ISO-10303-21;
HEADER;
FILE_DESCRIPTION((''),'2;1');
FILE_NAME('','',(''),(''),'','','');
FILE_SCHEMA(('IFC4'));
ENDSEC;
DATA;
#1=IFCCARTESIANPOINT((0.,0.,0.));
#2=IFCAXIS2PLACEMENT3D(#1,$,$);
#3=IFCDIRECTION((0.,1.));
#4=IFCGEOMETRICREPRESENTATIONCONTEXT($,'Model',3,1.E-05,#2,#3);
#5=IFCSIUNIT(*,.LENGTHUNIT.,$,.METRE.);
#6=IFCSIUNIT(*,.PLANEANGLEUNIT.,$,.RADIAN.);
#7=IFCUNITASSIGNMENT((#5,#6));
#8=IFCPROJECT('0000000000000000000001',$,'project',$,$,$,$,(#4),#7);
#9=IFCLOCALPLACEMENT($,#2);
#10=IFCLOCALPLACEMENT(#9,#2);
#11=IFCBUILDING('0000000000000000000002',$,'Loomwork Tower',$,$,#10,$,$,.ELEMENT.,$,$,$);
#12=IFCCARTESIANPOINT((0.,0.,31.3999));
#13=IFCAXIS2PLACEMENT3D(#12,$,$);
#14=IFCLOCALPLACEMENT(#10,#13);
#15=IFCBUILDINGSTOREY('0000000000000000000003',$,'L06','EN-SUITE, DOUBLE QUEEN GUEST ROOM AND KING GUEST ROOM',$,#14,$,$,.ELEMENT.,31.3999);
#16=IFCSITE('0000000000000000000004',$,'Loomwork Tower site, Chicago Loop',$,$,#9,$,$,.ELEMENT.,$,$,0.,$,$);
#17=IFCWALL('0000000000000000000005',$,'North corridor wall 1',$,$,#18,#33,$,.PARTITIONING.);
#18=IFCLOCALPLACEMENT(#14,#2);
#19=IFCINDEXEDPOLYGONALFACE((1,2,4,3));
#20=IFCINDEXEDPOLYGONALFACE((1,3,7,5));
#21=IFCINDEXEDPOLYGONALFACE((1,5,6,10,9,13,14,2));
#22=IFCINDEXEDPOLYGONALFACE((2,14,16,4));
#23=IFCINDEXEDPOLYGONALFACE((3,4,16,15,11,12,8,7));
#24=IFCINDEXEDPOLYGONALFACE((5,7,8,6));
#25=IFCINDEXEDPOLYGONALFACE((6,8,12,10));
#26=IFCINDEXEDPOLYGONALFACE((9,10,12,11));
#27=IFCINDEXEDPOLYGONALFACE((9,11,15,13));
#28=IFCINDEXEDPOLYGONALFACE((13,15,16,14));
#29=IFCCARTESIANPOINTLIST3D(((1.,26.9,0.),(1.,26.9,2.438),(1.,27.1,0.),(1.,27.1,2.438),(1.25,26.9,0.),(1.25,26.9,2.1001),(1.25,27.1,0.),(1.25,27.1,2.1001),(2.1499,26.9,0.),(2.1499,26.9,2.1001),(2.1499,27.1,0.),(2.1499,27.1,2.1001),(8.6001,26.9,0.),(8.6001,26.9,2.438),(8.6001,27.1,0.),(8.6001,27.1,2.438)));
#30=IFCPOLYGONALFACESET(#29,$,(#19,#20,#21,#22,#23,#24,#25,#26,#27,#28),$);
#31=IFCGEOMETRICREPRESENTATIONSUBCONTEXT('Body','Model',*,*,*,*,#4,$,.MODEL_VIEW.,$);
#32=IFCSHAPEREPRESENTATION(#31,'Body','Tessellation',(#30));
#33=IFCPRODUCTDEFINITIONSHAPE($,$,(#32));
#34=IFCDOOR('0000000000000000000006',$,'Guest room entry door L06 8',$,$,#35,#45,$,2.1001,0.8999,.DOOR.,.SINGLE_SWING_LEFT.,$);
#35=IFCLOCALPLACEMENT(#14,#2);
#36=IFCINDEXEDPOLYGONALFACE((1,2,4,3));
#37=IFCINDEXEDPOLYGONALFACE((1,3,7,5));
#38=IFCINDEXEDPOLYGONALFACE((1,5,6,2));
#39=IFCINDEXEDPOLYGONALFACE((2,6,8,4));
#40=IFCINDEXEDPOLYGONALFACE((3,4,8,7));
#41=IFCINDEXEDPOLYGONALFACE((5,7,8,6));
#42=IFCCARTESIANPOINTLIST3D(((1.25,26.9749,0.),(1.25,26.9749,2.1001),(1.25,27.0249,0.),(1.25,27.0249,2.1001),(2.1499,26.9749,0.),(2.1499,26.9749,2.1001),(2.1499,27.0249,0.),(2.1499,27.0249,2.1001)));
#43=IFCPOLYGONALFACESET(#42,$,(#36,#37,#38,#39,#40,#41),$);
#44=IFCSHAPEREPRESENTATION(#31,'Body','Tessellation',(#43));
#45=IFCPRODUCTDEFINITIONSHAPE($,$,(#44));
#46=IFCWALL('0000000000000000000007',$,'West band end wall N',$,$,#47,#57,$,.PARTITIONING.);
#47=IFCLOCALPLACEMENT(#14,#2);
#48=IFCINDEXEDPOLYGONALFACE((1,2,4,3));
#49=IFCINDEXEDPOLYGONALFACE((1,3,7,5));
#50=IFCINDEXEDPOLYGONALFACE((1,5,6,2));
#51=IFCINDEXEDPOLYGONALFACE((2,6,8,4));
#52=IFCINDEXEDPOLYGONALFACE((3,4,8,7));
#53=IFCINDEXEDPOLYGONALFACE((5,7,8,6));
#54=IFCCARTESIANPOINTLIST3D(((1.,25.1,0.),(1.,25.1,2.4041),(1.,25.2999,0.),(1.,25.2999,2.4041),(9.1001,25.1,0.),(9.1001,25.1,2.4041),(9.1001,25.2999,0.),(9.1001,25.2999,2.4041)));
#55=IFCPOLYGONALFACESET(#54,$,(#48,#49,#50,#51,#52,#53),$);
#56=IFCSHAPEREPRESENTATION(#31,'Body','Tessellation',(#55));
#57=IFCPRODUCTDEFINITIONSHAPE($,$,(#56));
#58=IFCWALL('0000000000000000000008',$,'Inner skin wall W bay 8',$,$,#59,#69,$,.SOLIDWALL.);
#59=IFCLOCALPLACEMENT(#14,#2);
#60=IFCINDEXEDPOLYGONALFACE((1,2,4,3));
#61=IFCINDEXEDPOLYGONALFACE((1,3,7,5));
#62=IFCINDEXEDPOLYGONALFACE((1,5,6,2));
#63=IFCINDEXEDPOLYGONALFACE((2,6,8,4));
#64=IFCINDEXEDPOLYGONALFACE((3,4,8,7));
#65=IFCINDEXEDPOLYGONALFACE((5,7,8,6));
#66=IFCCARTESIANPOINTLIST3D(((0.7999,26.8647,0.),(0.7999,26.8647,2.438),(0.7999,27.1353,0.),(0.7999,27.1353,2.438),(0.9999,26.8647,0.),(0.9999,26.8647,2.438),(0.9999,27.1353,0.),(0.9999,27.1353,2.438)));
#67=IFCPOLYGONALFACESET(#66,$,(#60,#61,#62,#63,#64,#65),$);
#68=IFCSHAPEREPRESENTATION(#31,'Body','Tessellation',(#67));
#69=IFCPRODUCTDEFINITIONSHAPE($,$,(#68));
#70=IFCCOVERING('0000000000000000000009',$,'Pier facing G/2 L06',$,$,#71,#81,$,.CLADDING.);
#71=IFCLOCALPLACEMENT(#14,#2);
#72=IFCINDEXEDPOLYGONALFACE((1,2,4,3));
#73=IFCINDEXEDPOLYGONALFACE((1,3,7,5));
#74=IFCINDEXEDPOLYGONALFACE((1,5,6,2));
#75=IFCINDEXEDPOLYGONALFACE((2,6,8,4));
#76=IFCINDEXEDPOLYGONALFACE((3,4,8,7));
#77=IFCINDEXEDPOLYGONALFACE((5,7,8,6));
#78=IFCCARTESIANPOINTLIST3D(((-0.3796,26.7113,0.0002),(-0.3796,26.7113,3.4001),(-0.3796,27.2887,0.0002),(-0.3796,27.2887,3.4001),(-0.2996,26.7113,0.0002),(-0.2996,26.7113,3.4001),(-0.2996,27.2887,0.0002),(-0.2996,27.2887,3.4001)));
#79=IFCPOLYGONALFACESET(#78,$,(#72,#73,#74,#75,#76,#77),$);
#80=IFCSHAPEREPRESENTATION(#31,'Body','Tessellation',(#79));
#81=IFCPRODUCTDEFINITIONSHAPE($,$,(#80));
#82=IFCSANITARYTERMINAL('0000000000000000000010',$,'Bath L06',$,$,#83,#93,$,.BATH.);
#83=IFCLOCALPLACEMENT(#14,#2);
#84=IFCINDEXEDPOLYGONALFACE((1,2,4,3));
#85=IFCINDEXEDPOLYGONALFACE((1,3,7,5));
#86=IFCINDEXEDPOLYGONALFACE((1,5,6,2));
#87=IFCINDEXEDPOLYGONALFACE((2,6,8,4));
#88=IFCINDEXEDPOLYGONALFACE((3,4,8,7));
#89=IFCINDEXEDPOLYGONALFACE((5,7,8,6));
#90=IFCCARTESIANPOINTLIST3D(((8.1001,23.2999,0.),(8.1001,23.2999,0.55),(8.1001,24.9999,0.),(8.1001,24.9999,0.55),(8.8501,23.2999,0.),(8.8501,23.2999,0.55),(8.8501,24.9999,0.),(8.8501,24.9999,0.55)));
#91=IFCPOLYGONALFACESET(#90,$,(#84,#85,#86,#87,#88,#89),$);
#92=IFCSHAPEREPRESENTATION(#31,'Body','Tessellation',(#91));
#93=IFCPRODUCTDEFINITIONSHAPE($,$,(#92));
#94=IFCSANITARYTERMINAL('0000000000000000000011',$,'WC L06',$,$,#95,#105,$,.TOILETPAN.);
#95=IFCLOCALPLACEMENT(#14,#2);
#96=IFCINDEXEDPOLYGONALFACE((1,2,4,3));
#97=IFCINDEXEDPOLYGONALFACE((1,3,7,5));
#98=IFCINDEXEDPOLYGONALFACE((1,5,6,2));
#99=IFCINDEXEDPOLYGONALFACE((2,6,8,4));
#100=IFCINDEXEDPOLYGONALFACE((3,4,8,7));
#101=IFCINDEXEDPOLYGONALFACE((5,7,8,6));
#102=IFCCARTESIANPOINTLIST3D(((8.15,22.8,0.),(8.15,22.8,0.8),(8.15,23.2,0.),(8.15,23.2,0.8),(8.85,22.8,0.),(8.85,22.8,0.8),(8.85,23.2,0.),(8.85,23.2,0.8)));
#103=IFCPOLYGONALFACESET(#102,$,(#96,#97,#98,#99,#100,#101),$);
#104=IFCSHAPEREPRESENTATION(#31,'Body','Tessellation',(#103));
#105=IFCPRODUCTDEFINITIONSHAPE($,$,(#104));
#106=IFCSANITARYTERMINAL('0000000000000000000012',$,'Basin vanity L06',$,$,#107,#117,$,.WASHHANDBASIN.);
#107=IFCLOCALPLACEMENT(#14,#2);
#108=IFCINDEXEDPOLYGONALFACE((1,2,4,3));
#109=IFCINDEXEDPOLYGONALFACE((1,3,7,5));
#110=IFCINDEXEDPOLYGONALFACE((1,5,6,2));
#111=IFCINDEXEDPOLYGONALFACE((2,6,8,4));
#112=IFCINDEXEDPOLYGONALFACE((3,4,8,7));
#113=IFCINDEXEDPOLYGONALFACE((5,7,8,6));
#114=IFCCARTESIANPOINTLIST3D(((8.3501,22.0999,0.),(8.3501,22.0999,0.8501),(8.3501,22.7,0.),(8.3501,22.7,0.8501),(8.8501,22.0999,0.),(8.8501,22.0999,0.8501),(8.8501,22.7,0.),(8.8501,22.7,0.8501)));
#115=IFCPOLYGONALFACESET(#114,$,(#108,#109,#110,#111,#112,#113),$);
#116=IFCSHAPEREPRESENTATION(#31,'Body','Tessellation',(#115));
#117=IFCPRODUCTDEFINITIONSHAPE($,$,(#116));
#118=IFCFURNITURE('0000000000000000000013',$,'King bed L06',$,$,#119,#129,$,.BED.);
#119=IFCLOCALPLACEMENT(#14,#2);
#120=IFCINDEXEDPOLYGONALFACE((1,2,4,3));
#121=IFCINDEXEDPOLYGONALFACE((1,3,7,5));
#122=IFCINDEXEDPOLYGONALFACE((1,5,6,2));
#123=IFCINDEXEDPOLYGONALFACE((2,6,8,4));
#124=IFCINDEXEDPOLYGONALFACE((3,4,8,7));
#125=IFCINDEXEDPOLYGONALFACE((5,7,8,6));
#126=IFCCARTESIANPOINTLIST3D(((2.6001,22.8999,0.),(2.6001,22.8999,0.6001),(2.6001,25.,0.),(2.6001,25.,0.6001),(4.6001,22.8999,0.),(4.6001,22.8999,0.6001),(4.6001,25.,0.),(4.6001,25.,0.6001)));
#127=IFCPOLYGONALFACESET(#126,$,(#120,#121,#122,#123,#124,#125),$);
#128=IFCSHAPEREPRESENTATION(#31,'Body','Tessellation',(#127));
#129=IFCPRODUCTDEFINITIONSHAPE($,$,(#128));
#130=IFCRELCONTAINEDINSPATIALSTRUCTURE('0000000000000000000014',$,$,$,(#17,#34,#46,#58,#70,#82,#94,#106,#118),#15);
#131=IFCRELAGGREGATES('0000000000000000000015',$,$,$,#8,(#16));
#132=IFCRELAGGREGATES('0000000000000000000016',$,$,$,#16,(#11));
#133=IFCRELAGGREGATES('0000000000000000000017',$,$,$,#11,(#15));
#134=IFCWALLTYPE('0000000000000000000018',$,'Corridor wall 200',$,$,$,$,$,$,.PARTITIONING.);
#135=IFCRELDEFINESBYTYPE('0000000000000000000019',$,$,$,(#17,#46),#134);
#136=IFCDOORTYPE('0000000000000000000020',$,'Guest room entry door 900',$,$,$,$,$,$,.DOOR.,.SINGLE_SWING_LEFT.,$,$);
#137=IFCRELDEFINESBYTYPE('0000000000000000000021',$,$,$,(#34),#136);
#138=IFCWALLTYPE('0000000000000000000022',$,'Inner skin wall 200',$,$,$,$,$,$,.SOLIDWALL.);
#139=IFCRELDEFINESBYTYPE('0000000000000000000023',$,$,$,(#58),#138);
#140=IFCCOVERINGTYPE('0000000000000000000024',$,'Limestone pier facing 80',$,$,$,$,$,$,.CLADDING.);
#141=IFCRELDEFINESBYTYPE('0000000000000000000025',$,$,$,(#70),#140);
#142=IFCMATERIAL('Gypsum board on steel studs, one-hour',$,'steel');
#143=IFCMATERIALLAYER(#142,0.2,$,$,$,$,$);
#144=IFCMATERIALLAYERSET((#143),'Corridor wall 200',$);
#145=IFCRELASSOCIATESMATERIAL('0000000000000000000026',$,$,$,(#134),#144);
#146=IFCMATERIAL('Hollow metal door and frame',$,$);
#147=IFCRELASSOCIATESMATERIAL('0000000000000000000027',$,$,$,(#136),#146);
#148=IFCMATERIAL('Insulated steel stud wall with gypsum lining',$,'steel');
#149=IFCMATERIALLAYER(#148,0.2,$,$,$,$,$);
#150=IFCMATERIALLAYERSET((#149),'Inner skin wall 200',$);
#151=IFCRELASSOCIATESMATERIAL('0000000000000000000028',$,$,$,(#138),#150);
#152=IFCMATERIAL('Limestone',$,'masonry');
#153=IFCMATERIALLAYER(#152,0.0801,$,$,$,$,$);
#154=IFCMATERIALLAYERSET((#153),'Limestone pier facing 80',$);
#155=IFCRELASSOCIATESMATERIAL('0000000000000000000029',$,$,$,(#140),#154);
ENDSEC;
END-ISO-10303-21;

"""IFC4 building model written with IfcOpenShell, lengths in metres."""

from ifc_helpers import new_model, si_unit, direction, frame, frame_2d, origin, origin_2d, place, context, subcontext, project, spatial, rectangle, extrude, material, layer, layer_set, type_object, element, fill, save


model = new_model("IFC4")

# Units and contexts
model_context = context("Model", 3, precision=1e-05, world=origin(), true_north=direction((0.0, 1.0)))
body_context = subcontext(model_context, "Body", "Model", "MODEL_VIEW")
ifc_project = project(units=[si_unit("LENGTHUNIT", "METRE"), si_unit("PLANEANGLEUNIT", "RADIAN")], contexts=[model_context])

# Site, building, storey
site_placement = place(None, origin())
site = spatial("IfcSite", under=ifc_project, at=site_placement, Name="Loomwork Tower site, Chicago Loop", CompositionType="ELEMENT", RefElevation=0.0)
building_placement = place(site_placement, origin())
building = spatial("IfcBuilding", under=site, at=building_placement, Name="Loomwork Tower", CompositionType="ELEMENT")
storey_placement = place(building_placement, frame((0.0, 0.0, 31.3999)))
storey = spatial("IfcBuildingStorey", under=building, at=storey_placement, Name="L06", Description="EN-SUITE, DOUBLE QUEEN GUEST ROOM AND KING GUEST ROOM", CompositionType="ELEMENT", Elevation=31.3999)

# Wall, opening, door
ifc_material_1 = material(Name="Gypsum board on steel studs, one-hour", Category="steel")
ifc_layer_1 = layer(ifc_material_1, 0.2)
ifc_layer_set_1 = layer_set([ifc_layer_1], Name="Corridor wall 200")
wall_type_1 = type_object("IfcWallType", Name="Corridor wall 200", PredefinedType="PARTITIONING", material=ifc_layer_set_1)
wall_1_placement = place(storey_placement, frame((1.0, 27.0, 0.0), z_axis=(0.0, 0.0, 1.0), x_axis=(1.0, 0.0, 0.0)))
wall_1 = element("IfcWall", 1, at=wall_1_placement, inside=storey, type_object=wall_type_1, Name="North corridor wall 1", PredefinedType="PARTITIONING", context=body_context, shape_type="SweptSolid", body=[
    extrude(rectangle(XDim=7.6001, YDim=0.2, at=frame_2d((3.8, 0.0))), origin(), (0.0, 0.0, 1.0), 2.438),
])
opening_placement = place(wall_1_placement, frame((0.25, 0.0, 0.0)))
opening = element("IfcOpeningElement", 2, at=opening_placement, cuts=wall_1, PredefinedType="OPENING", context=body_context, shape_type="SweptSolid", body=[
    extrude(rectangle(XDim=0.8999, YDim=2.1001, at=frame_2d((0.45, 1.05))), frame((0.0, 0.1099, 0.0), z_axis=(0.0, -1.0, 0.0), x_axis=(1.0, 0.0, 0.0)), (0.0, 0.0, 1.0), 0.22),
])
ifc_material_2 = material(Name="Hollow metal door and frame")
door_type = type_object("IfcDoorType", Name="Guest room entry door 900", OperationType="SINGLE_SWING_LEFT", PredefinedType="DOOR", material=ifc_material_2)
door_placement = place(opening_placement, origin())
door = element("IfcDoor", 3, at=door_placement, inside=storey, type_object=door_type, Name="Guest room entry door L06 8", OperationType="SINGLE_SWING_LEFT", OverallHeight=2.1001, OverallWidth=0.8999, PredefinedType="DOOR", context=body_context, shape_type="SweptSolid", body=[
    extrude(rectangle(XDim=0.8999, YDim=2.1001, at=frame_2d((0.45, 1.05))), frame((0.0, 0.0249, 0.0), z_axis=(0.0, -1.0, 0.0), x_axis=(1.0, 0.0, 0.0)), (0.0, 0.0, 1.0), 0.05),
])
fill(opening, door)

# Walls
wall_2_placement = place(storey_placement, frame((1.0, 25.2, 0.0), z_axis=(0.0, 0.0, 1.0), x_axis=(1.0, 0.0, 0.0)))
element("IfcWall", 4, at=wall_2_placement, inside=storey, type_object=wall_type_1, Name="West band end wall N", PredefinedType="PARTITIONING", context=body_context, shape_type="SweptSolid", body=[
    extrude(rectangle(XDim=8.1001, YDim=0.2, at=frame_2d((4.05, 0.0))), origin(), (0.0, 0.0, 1.0), 2.4041),
])
ifc_material_3 = material(Name="Insulated steel stud wall with gypsum lining", Category="steel")
ifc_layer_2 = layer(ifc_material_3, 0.2)
ifc_layer_set_2 = layer_set([ifc_layer_2], Name="Inner skin wall 200")
wall_type_2 = type_object("IfcWallType", Name="Inner skin wall 200", PredefinedType="SOLIDWALL", material=ifc_layer_set_2)
wall_3_placement = place(storey_placement, frame((0.8999, 26.8647, 0.0), z_axis=(0.0, 0.0, 1.0), x_axis=(0.0, 1.0, 0.0)))
element("IfcWall", 5, at=wall_3_placement, inside=storey, type_object=wall_type_2, Name="Inner skin wall W bay 8", PredefinedType="SOLIDWALL", context=body_context, shape_type="SweptSolid", body=[
    extrude(rectangle(XDim=0.2705, YDim=0.2, at=frame_2d((0.1353, 0.0))), origin(), (0.0, 0.0, 1.0), 2.438),
])

# Covering
ifc_material_4 = material(Name="Limestone", Category="masonry")
ifc_layer_3 = layer(ifc_material_4, 0.0801)
ifc_layer_set_3 = layer_set([ifc_layer_3], Name="Limestone pier facing 80")
covering_type = type_object("IfcCoveringType", Name="Limestone pier facing 80", PredefinedType="CLADDING", material=ifc_layer_set_3)
covering_placement = place(storey_placement, frame((-0.3396, 27.0, 0.0002), z_axis=(0.0, 0.0, 1.0), x_axis=(1.0, 0.0, 0.0)))
element("IfcCovering", 6, at=covering_placement, inside=storey, type_object=covering_type, Name="Pier facing G/2 L06", PredefinedType="CLADDING", context=body_context, shape_type="SweptSolid", body=[
    extrude(rectangle(XDim=0.0801, YDim=0.5774, at=origin_2d()), origin(), (0.0, 0.0, 1.0), 3.3999),
])

# Sanitary terminals
sanitary_terminal_1_placement = place(storey_placement, frame((8.4751, 24.1499, 0.0), z_axis=(0.0, 0.0, 1.0), x_axis=(1.0, 0.0, 0.0)))
element("IfcSanitaryTerminal", 7, at=sanitary_terminal_1_placement, inside=storey, Name="Bath L06", PredefinedType="BATH", context=body_context, shape_type="SweptSolid", body=[
    extrude(rectangle(XDim=0.75, YDim=1.7, at=origin_2d()), origin(), (0.0, 0.0, 1.0), 0.55),
])
sanitary_terminal_2_placement = place(storey_placement, frame((8.5, 23.0, 0.0), z_axis=(0.0, 0.0, 1.0), x_axis=(1.0, 0.0, 0.0)))
element("IfcSanitaryTerminal", 8, at=sanitary_terminal_2_placement, inside=storey, Name="WC L06", PredefinedType="TOILETPAN", context=body_context, shape_type="SweptSolid", body=[
    extrude(rectangle(XDim=0.7, YDim=0.3999, at=origin_2d()), origin(), (0.0, 0.0, 1.0), 0.8),
])
sanitary_terminal_3_placement = place(storey_placement, frame((8.6001, 22.3999, 0.0), z_axis=(0.0, 0.0, 1.0), x_axis=(1.0, 0.0, 0.0)))
element("IfcSanitaryTerminal", 9, at=sanitary_terminal_3_placement, inside=storey, Name="Basin vanity L06", PredefinedType="WASHHANDBASIN", context=body_context, shape_type="SweptSolid", body=[
    extrude(rectangle(XDim=0.5, YDim=0.6001, at=origin_2d()), origin(), (0.0, 0.0, 1.0), 0.8501),
])

# Furniture
furniture_placement = place(storey_placement, frame((3.6001, 23.95, 0.0), z_axis=(0.0, 0.0, 1.0), x_axis=(1.0, 0.0, 0.0)))
element("IfcFurniture", 10, at=furniture_placement, inside=storey, Name="King bed L06", PredefinedType="BED", context=body_context, shape_type="SweptSolid", body=[
    extrude(rectangle(XDim=2.0, YDim=2.1001, at=origin_2d()), origin(), (0.0, 0.0, 1.0), 0.6001),
])

save(model, "model.ifc")
